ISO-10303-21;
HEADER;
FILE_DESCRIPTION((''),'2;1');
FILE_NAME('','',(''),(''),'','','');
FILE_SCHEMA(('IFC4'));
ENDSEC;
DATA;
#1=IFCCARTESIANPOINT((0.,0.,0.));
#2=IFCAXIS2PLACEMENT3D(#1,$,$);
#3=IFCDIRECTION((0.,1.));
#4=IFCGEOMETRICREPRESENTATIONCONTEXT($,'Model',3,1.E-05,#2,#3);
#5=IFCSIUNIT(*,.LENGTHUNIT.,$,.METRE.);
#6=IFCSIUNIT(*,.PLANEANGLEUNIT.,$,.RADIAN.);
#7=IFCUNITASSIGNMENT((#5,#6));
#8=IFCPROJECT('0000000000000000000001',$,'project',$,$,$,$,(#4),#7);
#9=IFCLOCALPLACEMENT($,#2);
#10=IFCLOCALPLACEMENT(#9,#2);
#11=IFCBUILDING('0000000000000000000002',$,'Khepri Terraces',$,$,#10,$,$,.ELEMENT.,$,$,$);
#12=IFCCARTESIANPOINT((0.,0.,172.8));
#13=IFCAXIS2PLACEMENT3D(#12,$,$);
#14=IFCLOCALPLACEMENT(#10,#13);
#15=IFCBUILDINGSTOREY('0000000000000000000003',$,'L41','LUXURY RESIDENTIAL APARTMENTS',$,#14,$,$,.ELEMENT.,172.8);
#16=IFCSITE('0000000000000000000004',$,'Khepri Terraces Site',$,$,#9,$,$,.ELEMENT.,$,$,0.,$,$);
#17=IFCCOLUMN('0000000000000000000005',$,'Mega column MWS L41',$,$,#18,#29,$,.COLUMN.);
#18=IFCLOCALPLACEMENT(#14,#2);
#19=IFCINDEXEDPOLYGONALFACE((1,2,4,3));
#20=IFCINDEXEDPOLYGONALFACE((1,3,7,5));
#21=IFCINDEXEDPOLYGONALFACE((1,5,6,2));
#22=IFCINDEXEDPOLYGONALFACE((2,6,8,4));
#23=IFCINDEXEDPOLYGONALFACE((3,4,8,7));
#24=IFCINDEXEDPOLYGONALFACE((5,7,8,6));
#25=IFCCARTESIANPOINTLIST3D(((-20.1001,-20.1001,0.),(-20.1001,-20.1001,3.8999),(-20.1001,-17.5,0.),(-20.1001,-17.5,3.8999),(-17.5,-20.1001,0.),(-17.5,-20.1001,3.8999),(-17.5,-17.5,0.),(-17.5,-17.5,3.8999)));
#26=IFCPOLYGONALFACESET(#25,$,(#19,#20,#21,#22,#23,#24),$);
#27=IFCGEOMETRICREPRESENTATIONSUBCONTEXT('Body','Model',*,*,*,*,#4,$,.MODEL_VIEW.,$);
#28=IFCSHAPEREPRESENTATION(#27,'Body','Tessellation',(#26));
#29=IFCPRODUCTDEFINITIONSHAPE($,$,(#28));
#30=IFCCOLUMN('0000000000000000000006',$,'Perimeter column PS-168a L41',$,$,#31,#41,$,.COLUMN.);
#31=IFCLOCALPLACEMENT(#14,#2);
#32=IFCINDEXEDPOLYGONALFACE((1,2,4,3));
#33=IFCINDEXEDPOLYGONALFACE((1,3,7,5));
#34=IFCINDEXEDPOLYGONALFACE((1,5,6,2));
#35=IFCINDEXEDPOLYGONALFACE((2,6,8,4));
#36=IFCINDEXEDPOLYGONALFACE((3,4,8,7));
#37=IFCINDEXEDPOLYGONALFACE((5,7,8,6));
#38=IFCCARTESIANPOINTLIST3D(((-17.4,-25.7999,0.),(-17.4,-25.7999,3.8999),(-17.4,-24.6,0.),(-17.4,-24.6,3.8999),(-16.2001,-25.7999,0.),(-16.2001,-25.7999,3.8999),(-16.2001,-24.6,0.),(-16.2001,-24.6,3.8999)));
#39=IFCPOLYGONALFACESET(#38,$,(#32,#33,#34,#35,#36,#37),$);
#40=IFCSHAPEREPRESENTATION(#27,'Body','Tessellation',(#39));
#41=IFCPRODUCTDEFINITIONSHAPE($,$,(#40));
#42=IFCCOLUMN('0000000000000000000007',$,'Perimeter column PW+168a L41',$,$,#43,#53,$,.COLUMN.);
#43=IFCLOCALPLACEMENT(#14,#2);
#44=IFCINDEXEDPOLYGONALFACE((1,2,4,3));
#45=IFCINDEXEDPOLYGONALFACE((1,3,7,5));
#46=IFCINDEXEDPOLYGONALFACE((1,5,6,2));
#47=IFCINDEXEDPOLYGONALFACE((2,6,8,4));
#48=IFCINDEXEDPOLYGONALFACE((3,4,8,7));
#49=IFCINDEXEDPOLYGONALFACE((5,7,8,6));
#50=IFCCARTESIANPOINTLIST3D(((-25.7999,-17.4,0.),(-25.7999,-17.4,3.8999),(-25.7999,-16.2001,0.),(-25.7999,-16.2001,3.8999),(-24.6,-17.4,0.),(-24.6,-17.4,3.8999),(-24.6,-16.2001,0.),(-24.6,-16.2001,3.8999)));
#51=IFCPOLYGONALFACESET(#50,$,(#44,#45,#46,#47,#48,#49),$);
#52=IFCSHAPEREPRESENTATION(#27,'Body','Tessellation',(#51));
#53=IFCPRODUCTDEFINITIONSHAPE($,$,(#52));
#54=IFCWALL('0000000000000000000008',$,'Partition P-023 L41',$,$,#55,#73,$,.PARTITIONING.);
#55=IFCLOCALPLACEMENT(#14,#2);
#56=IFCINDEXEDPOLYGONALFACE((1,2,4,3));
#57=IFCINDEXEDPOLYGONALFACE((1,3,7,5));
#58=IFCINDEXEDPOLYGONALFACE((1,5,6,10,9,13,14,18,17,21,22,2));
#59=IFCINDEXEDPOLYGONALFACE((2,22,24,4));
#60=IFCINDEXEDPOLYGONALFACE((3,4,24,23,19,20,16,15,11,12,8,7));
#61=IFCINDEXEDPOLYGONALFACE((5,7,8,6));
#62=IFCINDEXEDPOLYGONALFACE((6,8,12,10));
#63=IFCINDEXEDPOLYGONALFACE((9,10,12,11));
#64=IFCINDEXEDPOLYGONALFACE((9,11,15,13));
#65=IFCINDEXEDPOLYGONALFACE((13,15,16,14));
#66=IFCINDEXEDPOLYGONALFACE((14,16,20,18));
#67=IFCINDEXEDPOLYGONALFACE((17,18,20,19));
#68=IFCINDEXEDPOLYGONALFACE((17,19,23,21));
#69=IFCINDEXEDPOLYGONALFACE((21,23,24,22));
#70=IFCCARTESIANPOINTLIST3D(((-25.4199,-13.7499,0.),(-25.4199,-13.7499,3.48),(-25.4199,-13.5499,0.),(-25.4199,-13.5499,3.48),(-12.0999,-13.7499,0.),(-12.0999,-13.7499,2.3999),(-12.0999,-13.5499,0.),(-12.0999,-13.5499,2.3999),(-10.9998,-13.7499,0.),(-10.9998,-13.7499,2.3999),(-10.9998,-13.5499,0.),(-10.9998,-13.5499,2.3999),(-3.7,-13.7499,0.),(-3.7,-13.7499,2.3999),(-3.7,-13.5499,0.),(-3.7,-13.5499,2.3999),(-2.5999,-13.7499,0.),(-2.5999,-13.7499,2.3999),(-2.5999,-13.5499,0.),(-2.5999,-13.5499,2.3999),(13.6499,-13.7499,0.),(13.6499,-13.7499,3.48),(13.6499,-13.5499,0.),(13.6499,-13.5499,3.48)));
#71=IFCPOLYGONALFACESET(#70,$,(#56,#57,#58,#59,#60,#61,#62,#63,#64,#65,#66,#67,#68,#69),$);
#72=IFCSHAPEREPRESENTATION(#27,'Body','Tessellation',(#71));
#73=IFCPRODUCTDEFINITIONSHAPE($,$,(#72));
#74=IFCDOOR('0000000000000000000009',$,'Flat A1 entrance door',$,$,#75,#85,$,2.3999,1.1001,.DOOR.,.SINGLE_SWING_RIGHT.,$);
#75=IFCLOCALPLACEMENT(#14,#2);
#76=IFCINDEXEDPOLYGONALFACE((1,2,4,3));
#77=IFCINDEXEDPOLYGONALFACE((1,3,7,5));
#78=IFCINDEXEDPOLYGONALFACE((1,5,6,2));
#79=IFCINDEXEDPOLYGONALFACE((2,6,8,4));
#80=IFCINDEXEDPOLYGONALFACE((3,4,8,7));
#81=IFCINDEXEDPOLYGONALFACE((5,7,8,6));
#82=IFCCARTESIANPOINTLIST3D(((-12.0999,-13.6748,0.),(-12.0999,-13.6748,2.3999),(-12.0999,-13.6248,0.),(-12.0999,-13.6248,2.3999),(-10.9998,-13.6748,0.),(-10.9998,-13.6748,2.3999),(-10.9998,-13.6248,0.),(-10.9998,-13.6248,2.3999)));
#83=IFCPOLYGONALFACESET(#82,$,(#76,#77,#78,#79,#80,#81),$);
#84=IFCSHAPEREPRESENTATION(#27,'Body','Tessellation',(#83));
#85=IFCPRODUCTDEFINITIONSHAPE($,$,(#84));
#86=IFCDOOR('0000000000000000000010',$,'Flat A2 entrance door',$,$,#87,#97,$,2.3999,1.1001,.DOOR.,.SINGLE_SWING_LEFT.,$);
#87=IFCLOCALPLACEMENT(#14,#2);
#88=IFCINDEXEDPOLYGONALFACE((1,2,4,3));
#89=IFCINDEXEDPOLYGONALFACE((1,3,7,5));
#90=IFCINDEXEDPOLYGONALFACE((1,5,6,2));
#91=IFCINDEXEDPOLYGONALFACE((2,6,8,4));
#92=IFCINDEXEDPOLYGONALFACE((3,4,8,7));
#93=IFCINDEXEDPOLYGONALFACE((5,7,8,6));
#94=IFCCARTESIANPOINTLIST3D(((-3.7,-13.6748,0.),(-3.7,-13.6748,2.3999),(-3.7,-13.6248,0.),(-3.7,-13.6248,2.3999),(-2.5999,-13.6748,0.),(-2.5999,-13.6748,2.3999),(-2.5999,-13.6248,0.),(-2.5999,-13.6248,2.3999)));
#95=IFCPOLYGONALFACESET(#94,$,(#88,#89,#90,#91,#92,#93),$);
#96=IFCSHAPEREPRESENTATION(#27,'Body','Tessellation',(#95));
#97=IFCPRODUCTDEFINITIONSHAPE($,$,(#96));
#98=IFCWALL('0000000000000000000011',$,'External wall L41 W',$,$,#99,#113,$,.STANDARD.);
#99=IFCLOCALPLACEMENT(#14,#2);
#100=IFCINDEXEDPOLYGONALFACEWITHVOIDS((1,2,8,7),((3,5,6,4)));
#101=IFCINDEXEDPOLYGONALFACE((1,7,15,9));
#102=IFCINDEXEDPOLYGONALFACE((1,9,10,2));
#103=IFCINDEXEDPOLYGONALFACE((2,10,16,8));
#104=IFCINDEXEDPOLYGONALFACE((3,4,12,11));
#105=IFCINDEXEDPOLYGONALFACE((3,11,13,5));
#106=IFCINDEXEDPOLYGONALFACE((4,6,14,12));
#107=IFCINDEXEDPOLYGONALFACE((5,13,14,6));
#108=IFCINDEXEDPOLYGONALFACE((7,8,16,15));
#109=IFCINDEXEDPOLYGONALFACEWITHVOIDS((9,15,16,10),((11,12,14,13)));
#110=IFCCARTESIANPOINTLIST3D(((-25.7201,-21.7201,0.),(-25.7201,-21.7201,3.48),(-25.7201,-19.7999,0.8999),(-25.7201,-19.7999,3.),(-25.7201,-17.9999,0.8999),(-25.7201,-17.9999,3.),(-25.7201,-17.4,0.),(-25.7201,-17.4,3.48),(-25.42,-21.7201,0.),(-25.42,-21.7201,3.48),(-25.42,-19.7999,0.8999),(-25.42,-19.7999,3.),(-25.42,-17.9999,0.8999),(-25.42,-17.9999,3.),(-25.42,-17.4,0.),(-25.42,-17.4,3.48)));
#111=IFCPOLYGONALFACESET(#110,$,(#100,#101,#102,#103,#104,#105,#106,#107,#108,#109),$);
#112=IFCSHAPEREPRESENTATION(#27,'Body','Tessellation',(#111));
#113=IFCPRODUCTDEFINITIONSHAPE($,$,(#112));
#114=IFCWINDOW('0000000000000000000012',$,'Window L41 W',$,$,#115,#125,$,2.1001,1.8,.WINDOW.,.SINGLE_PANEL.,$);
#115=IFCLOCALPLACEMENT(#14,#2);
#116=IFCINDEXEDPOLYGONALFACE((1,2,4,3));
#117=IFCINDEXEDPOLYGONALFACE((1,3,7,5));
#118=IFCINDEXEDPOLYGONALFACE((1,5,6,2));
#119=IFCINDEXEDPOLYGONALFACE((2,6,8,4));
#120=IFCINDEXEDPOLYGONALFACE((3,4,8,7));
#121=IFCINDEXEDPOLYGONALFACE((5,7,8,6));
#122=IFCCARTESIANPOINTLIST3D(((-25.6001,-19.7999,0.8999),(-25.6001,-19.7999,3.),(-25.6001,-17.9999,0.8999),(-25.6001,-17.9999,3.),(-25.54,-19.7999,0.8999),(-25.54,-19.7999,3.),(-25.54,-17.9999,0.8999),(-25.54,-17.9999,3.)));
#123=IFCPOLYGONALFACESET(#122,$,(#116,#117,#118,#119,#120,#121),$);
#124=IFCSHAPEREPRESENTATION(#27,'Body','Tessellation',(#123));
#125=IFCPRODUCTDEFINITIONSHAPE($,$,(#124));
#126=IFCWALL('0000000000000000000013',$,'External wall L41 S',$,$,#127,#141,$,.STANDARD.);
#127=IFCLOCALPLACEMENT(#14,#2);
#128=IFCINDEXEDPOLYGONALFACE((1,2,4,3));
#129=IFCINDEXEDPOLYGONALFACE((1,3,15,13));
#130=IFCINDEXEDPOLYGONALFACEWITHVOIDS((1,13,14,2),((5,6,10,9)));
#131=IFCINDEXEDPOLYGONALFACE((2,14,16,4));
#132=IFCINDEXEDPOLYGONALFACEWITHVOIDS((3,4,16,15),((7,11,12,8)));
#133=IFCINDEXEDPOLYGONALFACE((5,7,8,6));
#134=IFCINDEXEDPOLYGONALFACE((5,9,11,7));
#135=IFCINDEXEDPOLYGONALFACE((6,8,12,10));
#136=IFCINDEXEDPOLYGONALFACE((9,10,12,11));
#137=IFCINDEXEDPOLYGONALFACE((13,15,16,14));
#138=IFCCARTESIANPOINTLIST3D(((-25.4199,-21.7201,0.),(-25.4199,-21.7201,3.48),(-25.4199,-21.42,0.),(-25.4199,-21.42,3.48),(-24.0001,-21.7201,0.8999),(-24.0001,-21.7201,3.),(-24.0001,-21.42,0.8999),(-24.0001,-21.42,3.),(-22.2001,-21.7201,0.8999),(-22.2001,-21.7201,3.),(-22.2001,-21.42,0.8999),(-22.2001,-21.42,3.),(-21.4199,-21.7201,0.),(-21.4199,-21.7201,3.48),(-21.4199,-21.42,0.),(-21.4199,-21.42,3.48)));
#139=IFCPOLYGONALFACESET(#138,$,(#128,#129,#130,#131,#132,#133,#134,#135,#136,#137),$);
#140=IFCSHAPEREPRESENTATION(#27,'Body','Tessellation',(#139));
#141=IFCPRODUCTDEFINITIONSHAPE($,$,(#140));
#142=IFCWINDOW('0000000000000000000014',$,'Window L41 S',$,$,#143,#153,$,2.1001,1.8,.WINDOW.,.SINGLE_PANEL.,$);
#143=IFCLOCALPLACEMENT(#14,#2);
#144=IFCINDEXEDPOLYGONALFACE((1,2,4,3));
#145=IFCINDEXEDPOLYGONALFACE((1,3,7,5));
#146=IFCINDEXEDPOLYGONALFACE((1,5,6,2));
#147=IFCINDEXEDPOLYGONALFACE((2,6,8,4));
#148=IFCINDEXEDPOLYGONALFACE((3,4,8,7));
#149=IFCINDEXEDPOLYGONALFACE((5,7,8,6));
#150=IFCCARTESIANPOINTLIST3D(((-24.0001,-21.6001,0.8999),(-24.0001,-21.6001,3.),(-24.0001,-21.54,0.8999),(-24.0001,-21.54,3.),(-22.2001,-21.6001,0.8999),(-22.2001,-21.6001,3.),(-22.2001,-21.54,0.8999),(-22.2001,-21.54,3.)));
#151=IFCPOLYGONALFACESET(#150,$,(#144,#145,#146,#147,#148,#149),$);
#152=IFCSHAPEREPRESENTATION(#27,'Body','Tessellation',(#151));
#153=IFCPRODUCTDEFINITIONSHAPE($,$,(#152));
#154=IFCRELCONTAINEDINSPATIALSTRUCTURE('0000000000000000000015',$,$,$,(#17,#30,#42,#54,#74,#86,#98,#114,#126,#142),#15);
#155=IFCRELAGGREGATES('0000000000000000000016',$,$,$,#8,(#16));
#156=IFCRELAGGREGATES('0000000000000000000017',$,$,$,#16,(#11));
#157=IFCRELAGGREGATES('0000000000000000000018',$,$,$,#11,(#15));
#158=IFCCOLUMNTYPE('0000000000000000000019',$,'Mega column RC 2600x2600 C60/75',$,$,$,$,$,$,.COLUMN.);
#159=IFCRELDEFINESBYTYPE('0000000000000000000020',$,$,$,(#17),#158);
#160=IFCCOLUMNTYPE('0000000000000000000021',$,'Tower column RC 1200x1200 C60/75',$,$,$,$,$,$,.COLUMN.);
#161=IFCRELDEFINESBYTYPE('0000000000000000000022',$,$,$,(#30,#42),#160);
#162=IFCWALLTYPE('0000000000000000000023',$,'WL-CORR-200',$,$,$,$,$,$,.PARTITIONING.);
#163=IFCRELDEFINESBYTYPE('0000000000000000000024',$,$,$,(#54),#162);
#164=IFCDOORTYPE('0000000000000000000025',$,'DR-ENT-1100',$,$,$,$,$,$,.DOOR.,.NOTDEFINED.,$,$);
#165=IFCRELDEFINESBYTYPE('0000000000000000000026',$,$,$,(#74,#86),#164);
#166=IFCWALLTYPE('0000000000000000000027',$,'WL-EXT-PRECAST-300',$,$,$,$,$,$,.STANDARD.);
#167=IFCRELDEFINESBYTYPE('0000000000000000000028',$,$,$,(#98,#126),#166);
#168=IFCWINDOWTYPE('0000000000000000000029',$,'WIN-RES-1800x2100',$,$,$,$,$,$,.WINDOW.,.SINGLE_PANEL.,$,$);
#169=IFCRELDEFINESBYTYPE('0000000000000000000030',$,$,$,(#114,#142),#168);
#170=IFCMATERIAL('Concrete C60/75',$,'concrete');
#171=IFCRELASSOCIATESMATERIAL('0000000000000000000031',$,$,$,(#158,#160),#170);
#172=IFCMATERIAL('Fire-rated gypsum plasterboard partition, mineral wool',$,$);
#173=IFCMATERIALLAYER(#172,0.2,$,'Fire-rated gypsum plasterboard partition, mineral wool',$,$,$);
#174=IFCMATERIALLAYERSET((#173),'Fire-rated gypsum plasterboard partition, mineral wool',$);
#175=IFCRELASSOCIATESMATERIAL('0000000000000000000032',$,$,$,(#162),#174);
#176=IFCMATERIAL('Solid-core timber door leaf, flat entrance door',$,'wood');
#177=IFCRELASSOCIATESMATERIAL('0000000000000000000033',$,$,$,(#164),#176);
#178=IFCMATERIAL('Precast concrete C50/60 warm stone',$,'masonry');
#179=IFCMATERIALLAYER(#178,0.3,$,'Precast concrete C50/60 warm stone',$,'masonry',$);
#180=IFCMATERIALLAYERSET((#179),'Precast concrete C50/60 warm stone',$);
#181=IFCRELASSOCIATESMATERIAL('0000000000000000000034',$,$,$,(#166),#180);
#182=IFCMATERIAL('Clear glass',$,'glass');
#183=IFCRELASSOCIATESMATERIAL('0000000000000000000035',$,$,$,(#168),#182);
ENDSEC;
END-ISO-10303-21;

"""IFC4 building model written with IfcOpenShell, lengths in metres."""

from ifc_helpers import new_model, si_unit, direction, frame, frame_2d, origin, origin_2d, place, context, subcontext, project, spatial, rectangle, extrude, material, layer, layer_set, material_profile, profile_set, type_object, element, fill, save


model = new_model("IFC4")

# Units and contexts
model_context = context("Model", 3, precision=1e-05, world=origin(), true_north=direction((0.0, 1.0)))
body_context = subcontext(model_context, "Body", "Model", "MODEL_VIEW")
ifc_project = project(units=[si_unit("LENGTHUNIT", "METRE"), si_unit("PLANEANGLEUNIT", "RADIAN")], contexts=[model_context])

# Site, building, storey
site_placement = place(None, origin())
site = spatial("IfcSite", under=ifc_project, at=site_placement, Name="Khepri Terraces Site", CompositionType="ELEMENT", RefElevation=0.0)
building_placement = place(site_placement, origin())
building = spatial("IfcBuilding", under=site, at=building_placement, Name="Khepri Terraces", CompositionType="ELEMENT")
storey_placement = place(building_placement, frame((0.0, 0.0, 172.8)))
storey = spatial("IfcBuildingStorey", under=building, at=storey_placement, Name="L41", Description="LUXURY RESIDENTIAL APARTMENTS", CompositionType="ELEMENT", Elevation=172.8)

# Columns
ifc_material_1 = material(Name="Concrete C60/75", Category="concrete")
ifc_material_profile_1 = material_profile(ifc_material_1, rectangle(XDim=2.6001, YDim=2.6001, at=origin_2d()), Name="Concrete C60/75", Category="concrete")
ifc_profile_set_1 = profile_set([ifc_material_profile_1], Name="Concrete C60/75")
column_type_1 = type_object("IfcColumnType", Name="Mega column RC 2600x2600 C60/75", PredefinedType="COLUMN", material=ifc_profile_set_1)
column_placement = place(storey_placement, frame((-18.8, -18.8, 0.0), z_axis=(0.0, 0.0, 1.0), x_axis=(1.0, 0.0, 0.0)))
element("IfcColumn", 1, at=column_placement, inside=storey, type_object=column_type_1, Name="Mega column MWS L41", PredefinedType="COLUMN", context=body_context, shape_type="SweptSolid", body=[
    extrude(rectangle(XDim=2.6001, YDim=2.6001, at=origin_2d()), origin(), (0.0, 0.0, 1.0), 3.8999),
])
ifc_material_profile_2 = material_profile(ifc_material_1, rectangle(XDim=1.2, YDim=1.2, at=origin_2d()), Name="Concrete C60/75", Category="concrete")
ifc_profile_set_2 = profile_set([ifc_material_profile_2], Name="Concrete C60/75")
column_type_2 = type_object("IfcColumnType", Name="Tower column RC 1200x1200 C60/75", PredefinedType="COLUMN", material=ifc_profile_set_2)
for number, where, z_axis, x_axis, name in (
    (2, (-16.8, -25.2, 0.0), (0.0, 0.0, 1.0), (1.0, 0.0, 0.0), "Perimeter column PS-168a L41"),
    (3, (-25.2, -16.8, 0.0), (0.0, 0.0, 1.0), (1.0, 0.0, 0.0), "Perimeter column PW+168a L41"),
):
    element("IfcColumn", number, at=place(storey_placement, frame(where, z_axis=z_axis, x_axis=x_axis)), inside=storey, type_object=column_type_2, Name=name, PredefinedType="COLUMN", context=body_context, shape_type="SweptSolid", body=[
        extrude(rectangle(XDim=1.2, YDim=1.2, at=origin_2d()), origin(), (0.0, 0.0, 1.0), 3.8999),
    ])

# Wall, openings, doors
ifc_material_2 = material(Name="Fire-rated gypsum plasterboard partition, mineral wool")
ifc_layer_1 = layer(ifc_material_2, 0.2, Name="Fire-rated gypsum plasterboard partition, mineral wool")
ifc_layer_set_1 = layer_set([ifc_layer_1], Name="Fire-rated gypsum plasterboard partition, mineral wool")
wall_type_1 = type_object("IfcWallType", Name="WL-CORR-200", PredefinedType="PARTITIONING", material=ifc_layer_set_1)
wall_1_placement = place(storey_placement, frame((-25.4199, -13.6499, 0.0), z_axis=(0.0, 0.0, 1.0), x_axis=(1.0, 0.0, 0.0)))
wall_1 = element("IfcWall", 4, at=wall_1_placement, inside=storey, type_object=wall_type_1, Name="Partition P-023 L41", PredefinedType="PARTITIONING", context=body_context, shape_type="SweptSolid", body=[
    extrude(rectangle(XDim=39.0698, YDim=0.2, at=frame_2d((19.5349, 0.0))), origin(), (0.0, 0.0, 1.0), 3.48),
])
opening_1_placement = place(wall_1_placement, frame((13.3201, 0.0, 0.0)))
opening_1 = element("IfcOpeningElement", 5, at=opening_1_placement, cuts=wall_1, PredefinedType="OPENING", context=body_context, shape_type="SweptSolid", body=[
    extrude(rectangle(XDim=1.1001, YDim=2.3999, at=frame_2d((0.55, 1.2))), frame((0.0, 0.1099, 0.0), z_axis=(0.0, -1.0, 0.0), x_axis=(1.0, 0.0, 0.0)), (0.0, 0.0, 1.0), 0.22),
])
opening_2_placement = place(wall_1_placement, frame((21.72, 0.0, 0.0)))
opening_2 = element("IfcOpeningElement", 6, at=opening_2_placement, cuts=wall_1, PredefinedType="OPENING", context=body_context, shape_type="SweptSolid", body=[
    extrude(rectangle(XDim=1.1001, YDim=2.3999, at=frame_2d((0.55, 1.2))), frame((0.0, 0.1099, 0.0), z_axis=(0.0, -1.0, 0.0), x_axis=(1.0, 0.0, 0.0)), (0.0, 0.0, 1.0), 0.22),
])
ifc_material_3 = material(Name="Solid-core timber door leaf, flat entrance door", Category="wood")
door_type_1 = type_object("IfcDoorType", Name="DR-ENT-1100", OperationType="NOTDEFINED", PredefinedType="DOOR", material=ifc_material_3)
door_1_placement = place(opening_1_placement, frame((1.1001, 0.0, 0.0), z_axis=(0.0, 0.0, 1.0), x_axis=(-1.0, 0.0, 0.0)))
door_1 = element("IfcDoor", 7, at=door_1_placement, inside=storey, type_object=door_type_1, Name="Flat A1 entrance door", OperationType="SINGLE_SWING_RIGHT", OverallHeight=2.3999, OverallWidth=1.1001, PredefinedType="DOOR", context=body_context, shape_type="SweptSolid", body=[
    extrude(rectangle(XDim=1.1001, YDim=2.3999, at=frame_2d((0.55, 1.2))), frame((0.0, 0.0249, 0.0), z_axis=(0.0, -1.0, 0.0), x_axis=(1.0, 0.0, 0.0)), (0.0, 0.0, 1.0), 0.05),
])
fill(opening_1, door_1)
door_2_placement = place(opening_2_placement, frame((1.1001, 0.0, 0.0), z_axis=(0.0, 0.0, 1.0), x_axis=(-1.0, 0.0, 0.0)))
door_2 = element("IfcDoor", 8, at=door_2_placement, inside=storey, type_object=door_type_1, Name="Flat A2 entrance door", OperationType="SINGLE_SWING_LEFT", OverallHeight=2.3999, OverallWidth=1.1001, PredefinedType="DOOR", context=body_context, shape_type="SweptSolid", body=[
    extrude(rectangle(XDim=1.1001, YDim=2.3999, at=frame_2d((0.55, 1.2))), frame((0.0, 0.0249, 0.0), z_axis=(0.0, -1.0, 0.0), x_axis=(1.0, 0.0, 0.0)), (0.0, 0.0, 1.0), 0.05),
])
fill(opening_2, door_2)

# Walls, openings, windows
ifc_material_4 = material(Name="Precast concrete C50/60 warm stone", Category="masonry")
ifc_layer_2 = layer(ifc_material_4, 0.3, Name="Precast concrete C50/60 warm stone", Category="masonry")
ifc_layer_set_2 = layer_set([ifc_layer_2], Name="Precast concrete C50/60 warm stone")
wall_type_2 = type_object("IfcWallType", Name="WL-EXT-PRECAST-300", PredefinedType="STANDARD", material=ifc_layer_set_2)
wall_2_placement = place(storey_placement, frame((-25.5701, -17.3999, 0.0), z_axis=(0.0, 0.0, 1.0), x_axis=(0.0, -1.0, 0.0)))
wall_2 = element("IfcWall", 9, at=wall_2_placement, inside=storey, type_object=wall_type_2, Name="External wall L41 W", PredefinedType="STANDARD", context=body_context, shape_type="SweptSolid", body=[
    extrude(rectangle(XDim=4.3201, YDim=0.3, at=frame_2d((2.1602, 0.0))), origin(), (0.0, 0.0, 1.0), 3.48),
])
opening_3_placement = place(wall_2_placement, frame((0.6001, 0.0, 0.8999)))
opening_3 = element("IfcOpeningElement", 10, at=opening_3_placement, cuts=wall_2, PredefinedType="OPENING", context=body_context, shape_type="SweptSolid", body=[
    extrude(rectangle(XDim=1.8, YDim=2.1001, at=frame_2d((0.8999, 1.05))), frame((0.0, 0.1602, 0.0), z_axis=(0.0, -1.0, 0.0), x_axis=(1.0, 0.0, 0.0)), (0.0, 0.0, 1.0), 0.3201),
])
ifc_material_5 = material(Name="Clear glass", Category="glass")
window_type = type_object("IfcWindowType", Name="WIN-RES-1800x2100", PartitioningType="SINGLE_PANEL", PredefinedType="WINDOW", material=ifc_material_5)
window_1_placement = place(opening_3_placement, origin())
window_1 = element("IfcWindow", 11, at=window_1_placement, inside=storey, type_object=window_type, Name="Window L41 W", OverallHeight=2.1001, OverallWidth=1.8, PartitioningType="SINGLE_PANEL", PredefinedType="WINDOW", context=body_context, shape_type="SweptSolid", body=[
    extrude(rectangle(XDim=1.8, YDim=2.1001, at=frame_2d((0.8999, 1.05))), frame((0.0, 0.03, 0.0), z_axis=(0.0, -1.0, 0.0), x_axis=(1.0, 0.0, 0.0)), (0.0, 0.0, 1.0), 0.0601),
])
fill(opening_3, window_1)
wall_3_placement = place(storey_placement, frame((-25.4199, -21.5701, 0.0), z_axis=(0.0, 0.0, 1.0), x_axis=(1.0, 0.0, 0.0)))
wall_3 = element("IfcWall", 12, at=wall_3_placement, inside=storey, type_object=wall_type_2, Name="External wall L41 S", PredefinedType="STANDARD", context=body_context, shape_type="SweptSolid", body=[
    extrude(rectangle(XDim=4.0, YDim=0.3, at=frame_2d((2.0, 0.0))), origin(), (0.0, 0.0, 1.0), 3.48),
])
opening_4_placement = place(wall_3_placement, frame((1.4199, 0.0, 0.8999)))
opening_4 = element("IfcOpeningElement", 13, at=opening_4_placement, cuts=wall_3, PredefinedType="OPENING", context=body_context, shape_type="SweptSolid", body=[
    extrude(rectangle(XDim=1.8, YDim=2.1001, at=frame_2d((0.8999, 1.05))), frame((0.0, 0.1602, 0.0), z_axis=(0.0, -1.0, 0.0), x_axis=(1.0, 0.0, 0.0)), (0.0, 0.0, 1.0), 0.3201),
])
window_2_placement = place(opening_4_placement, origin())
window_2 = element("IfcWindow", 14, at=window_2_placement, inside=storey, type_object=window_type, Name="Window L41 S", OverallHeight=2.1001, OverallWidth=1.8, PartitioningType="SINGLE_PANEL", PredefinedType="WINDOW", context=body_context, shape_type="SweptSolid", body=[
    extrude(rectangle(XDim=1.8, YDim=2.1001, at=frame_2d((0.8999, 1.05))), frame((0.0, 0.03, 0.0), z_axis=(0.0, -1.0, 0.0), x_axis=(1.0, 0.0, 0.0)), (0.0, 0.0, 1.0), 0.0601),
])
fill(opening_4, window_2)

save(model, "model.ifc")
